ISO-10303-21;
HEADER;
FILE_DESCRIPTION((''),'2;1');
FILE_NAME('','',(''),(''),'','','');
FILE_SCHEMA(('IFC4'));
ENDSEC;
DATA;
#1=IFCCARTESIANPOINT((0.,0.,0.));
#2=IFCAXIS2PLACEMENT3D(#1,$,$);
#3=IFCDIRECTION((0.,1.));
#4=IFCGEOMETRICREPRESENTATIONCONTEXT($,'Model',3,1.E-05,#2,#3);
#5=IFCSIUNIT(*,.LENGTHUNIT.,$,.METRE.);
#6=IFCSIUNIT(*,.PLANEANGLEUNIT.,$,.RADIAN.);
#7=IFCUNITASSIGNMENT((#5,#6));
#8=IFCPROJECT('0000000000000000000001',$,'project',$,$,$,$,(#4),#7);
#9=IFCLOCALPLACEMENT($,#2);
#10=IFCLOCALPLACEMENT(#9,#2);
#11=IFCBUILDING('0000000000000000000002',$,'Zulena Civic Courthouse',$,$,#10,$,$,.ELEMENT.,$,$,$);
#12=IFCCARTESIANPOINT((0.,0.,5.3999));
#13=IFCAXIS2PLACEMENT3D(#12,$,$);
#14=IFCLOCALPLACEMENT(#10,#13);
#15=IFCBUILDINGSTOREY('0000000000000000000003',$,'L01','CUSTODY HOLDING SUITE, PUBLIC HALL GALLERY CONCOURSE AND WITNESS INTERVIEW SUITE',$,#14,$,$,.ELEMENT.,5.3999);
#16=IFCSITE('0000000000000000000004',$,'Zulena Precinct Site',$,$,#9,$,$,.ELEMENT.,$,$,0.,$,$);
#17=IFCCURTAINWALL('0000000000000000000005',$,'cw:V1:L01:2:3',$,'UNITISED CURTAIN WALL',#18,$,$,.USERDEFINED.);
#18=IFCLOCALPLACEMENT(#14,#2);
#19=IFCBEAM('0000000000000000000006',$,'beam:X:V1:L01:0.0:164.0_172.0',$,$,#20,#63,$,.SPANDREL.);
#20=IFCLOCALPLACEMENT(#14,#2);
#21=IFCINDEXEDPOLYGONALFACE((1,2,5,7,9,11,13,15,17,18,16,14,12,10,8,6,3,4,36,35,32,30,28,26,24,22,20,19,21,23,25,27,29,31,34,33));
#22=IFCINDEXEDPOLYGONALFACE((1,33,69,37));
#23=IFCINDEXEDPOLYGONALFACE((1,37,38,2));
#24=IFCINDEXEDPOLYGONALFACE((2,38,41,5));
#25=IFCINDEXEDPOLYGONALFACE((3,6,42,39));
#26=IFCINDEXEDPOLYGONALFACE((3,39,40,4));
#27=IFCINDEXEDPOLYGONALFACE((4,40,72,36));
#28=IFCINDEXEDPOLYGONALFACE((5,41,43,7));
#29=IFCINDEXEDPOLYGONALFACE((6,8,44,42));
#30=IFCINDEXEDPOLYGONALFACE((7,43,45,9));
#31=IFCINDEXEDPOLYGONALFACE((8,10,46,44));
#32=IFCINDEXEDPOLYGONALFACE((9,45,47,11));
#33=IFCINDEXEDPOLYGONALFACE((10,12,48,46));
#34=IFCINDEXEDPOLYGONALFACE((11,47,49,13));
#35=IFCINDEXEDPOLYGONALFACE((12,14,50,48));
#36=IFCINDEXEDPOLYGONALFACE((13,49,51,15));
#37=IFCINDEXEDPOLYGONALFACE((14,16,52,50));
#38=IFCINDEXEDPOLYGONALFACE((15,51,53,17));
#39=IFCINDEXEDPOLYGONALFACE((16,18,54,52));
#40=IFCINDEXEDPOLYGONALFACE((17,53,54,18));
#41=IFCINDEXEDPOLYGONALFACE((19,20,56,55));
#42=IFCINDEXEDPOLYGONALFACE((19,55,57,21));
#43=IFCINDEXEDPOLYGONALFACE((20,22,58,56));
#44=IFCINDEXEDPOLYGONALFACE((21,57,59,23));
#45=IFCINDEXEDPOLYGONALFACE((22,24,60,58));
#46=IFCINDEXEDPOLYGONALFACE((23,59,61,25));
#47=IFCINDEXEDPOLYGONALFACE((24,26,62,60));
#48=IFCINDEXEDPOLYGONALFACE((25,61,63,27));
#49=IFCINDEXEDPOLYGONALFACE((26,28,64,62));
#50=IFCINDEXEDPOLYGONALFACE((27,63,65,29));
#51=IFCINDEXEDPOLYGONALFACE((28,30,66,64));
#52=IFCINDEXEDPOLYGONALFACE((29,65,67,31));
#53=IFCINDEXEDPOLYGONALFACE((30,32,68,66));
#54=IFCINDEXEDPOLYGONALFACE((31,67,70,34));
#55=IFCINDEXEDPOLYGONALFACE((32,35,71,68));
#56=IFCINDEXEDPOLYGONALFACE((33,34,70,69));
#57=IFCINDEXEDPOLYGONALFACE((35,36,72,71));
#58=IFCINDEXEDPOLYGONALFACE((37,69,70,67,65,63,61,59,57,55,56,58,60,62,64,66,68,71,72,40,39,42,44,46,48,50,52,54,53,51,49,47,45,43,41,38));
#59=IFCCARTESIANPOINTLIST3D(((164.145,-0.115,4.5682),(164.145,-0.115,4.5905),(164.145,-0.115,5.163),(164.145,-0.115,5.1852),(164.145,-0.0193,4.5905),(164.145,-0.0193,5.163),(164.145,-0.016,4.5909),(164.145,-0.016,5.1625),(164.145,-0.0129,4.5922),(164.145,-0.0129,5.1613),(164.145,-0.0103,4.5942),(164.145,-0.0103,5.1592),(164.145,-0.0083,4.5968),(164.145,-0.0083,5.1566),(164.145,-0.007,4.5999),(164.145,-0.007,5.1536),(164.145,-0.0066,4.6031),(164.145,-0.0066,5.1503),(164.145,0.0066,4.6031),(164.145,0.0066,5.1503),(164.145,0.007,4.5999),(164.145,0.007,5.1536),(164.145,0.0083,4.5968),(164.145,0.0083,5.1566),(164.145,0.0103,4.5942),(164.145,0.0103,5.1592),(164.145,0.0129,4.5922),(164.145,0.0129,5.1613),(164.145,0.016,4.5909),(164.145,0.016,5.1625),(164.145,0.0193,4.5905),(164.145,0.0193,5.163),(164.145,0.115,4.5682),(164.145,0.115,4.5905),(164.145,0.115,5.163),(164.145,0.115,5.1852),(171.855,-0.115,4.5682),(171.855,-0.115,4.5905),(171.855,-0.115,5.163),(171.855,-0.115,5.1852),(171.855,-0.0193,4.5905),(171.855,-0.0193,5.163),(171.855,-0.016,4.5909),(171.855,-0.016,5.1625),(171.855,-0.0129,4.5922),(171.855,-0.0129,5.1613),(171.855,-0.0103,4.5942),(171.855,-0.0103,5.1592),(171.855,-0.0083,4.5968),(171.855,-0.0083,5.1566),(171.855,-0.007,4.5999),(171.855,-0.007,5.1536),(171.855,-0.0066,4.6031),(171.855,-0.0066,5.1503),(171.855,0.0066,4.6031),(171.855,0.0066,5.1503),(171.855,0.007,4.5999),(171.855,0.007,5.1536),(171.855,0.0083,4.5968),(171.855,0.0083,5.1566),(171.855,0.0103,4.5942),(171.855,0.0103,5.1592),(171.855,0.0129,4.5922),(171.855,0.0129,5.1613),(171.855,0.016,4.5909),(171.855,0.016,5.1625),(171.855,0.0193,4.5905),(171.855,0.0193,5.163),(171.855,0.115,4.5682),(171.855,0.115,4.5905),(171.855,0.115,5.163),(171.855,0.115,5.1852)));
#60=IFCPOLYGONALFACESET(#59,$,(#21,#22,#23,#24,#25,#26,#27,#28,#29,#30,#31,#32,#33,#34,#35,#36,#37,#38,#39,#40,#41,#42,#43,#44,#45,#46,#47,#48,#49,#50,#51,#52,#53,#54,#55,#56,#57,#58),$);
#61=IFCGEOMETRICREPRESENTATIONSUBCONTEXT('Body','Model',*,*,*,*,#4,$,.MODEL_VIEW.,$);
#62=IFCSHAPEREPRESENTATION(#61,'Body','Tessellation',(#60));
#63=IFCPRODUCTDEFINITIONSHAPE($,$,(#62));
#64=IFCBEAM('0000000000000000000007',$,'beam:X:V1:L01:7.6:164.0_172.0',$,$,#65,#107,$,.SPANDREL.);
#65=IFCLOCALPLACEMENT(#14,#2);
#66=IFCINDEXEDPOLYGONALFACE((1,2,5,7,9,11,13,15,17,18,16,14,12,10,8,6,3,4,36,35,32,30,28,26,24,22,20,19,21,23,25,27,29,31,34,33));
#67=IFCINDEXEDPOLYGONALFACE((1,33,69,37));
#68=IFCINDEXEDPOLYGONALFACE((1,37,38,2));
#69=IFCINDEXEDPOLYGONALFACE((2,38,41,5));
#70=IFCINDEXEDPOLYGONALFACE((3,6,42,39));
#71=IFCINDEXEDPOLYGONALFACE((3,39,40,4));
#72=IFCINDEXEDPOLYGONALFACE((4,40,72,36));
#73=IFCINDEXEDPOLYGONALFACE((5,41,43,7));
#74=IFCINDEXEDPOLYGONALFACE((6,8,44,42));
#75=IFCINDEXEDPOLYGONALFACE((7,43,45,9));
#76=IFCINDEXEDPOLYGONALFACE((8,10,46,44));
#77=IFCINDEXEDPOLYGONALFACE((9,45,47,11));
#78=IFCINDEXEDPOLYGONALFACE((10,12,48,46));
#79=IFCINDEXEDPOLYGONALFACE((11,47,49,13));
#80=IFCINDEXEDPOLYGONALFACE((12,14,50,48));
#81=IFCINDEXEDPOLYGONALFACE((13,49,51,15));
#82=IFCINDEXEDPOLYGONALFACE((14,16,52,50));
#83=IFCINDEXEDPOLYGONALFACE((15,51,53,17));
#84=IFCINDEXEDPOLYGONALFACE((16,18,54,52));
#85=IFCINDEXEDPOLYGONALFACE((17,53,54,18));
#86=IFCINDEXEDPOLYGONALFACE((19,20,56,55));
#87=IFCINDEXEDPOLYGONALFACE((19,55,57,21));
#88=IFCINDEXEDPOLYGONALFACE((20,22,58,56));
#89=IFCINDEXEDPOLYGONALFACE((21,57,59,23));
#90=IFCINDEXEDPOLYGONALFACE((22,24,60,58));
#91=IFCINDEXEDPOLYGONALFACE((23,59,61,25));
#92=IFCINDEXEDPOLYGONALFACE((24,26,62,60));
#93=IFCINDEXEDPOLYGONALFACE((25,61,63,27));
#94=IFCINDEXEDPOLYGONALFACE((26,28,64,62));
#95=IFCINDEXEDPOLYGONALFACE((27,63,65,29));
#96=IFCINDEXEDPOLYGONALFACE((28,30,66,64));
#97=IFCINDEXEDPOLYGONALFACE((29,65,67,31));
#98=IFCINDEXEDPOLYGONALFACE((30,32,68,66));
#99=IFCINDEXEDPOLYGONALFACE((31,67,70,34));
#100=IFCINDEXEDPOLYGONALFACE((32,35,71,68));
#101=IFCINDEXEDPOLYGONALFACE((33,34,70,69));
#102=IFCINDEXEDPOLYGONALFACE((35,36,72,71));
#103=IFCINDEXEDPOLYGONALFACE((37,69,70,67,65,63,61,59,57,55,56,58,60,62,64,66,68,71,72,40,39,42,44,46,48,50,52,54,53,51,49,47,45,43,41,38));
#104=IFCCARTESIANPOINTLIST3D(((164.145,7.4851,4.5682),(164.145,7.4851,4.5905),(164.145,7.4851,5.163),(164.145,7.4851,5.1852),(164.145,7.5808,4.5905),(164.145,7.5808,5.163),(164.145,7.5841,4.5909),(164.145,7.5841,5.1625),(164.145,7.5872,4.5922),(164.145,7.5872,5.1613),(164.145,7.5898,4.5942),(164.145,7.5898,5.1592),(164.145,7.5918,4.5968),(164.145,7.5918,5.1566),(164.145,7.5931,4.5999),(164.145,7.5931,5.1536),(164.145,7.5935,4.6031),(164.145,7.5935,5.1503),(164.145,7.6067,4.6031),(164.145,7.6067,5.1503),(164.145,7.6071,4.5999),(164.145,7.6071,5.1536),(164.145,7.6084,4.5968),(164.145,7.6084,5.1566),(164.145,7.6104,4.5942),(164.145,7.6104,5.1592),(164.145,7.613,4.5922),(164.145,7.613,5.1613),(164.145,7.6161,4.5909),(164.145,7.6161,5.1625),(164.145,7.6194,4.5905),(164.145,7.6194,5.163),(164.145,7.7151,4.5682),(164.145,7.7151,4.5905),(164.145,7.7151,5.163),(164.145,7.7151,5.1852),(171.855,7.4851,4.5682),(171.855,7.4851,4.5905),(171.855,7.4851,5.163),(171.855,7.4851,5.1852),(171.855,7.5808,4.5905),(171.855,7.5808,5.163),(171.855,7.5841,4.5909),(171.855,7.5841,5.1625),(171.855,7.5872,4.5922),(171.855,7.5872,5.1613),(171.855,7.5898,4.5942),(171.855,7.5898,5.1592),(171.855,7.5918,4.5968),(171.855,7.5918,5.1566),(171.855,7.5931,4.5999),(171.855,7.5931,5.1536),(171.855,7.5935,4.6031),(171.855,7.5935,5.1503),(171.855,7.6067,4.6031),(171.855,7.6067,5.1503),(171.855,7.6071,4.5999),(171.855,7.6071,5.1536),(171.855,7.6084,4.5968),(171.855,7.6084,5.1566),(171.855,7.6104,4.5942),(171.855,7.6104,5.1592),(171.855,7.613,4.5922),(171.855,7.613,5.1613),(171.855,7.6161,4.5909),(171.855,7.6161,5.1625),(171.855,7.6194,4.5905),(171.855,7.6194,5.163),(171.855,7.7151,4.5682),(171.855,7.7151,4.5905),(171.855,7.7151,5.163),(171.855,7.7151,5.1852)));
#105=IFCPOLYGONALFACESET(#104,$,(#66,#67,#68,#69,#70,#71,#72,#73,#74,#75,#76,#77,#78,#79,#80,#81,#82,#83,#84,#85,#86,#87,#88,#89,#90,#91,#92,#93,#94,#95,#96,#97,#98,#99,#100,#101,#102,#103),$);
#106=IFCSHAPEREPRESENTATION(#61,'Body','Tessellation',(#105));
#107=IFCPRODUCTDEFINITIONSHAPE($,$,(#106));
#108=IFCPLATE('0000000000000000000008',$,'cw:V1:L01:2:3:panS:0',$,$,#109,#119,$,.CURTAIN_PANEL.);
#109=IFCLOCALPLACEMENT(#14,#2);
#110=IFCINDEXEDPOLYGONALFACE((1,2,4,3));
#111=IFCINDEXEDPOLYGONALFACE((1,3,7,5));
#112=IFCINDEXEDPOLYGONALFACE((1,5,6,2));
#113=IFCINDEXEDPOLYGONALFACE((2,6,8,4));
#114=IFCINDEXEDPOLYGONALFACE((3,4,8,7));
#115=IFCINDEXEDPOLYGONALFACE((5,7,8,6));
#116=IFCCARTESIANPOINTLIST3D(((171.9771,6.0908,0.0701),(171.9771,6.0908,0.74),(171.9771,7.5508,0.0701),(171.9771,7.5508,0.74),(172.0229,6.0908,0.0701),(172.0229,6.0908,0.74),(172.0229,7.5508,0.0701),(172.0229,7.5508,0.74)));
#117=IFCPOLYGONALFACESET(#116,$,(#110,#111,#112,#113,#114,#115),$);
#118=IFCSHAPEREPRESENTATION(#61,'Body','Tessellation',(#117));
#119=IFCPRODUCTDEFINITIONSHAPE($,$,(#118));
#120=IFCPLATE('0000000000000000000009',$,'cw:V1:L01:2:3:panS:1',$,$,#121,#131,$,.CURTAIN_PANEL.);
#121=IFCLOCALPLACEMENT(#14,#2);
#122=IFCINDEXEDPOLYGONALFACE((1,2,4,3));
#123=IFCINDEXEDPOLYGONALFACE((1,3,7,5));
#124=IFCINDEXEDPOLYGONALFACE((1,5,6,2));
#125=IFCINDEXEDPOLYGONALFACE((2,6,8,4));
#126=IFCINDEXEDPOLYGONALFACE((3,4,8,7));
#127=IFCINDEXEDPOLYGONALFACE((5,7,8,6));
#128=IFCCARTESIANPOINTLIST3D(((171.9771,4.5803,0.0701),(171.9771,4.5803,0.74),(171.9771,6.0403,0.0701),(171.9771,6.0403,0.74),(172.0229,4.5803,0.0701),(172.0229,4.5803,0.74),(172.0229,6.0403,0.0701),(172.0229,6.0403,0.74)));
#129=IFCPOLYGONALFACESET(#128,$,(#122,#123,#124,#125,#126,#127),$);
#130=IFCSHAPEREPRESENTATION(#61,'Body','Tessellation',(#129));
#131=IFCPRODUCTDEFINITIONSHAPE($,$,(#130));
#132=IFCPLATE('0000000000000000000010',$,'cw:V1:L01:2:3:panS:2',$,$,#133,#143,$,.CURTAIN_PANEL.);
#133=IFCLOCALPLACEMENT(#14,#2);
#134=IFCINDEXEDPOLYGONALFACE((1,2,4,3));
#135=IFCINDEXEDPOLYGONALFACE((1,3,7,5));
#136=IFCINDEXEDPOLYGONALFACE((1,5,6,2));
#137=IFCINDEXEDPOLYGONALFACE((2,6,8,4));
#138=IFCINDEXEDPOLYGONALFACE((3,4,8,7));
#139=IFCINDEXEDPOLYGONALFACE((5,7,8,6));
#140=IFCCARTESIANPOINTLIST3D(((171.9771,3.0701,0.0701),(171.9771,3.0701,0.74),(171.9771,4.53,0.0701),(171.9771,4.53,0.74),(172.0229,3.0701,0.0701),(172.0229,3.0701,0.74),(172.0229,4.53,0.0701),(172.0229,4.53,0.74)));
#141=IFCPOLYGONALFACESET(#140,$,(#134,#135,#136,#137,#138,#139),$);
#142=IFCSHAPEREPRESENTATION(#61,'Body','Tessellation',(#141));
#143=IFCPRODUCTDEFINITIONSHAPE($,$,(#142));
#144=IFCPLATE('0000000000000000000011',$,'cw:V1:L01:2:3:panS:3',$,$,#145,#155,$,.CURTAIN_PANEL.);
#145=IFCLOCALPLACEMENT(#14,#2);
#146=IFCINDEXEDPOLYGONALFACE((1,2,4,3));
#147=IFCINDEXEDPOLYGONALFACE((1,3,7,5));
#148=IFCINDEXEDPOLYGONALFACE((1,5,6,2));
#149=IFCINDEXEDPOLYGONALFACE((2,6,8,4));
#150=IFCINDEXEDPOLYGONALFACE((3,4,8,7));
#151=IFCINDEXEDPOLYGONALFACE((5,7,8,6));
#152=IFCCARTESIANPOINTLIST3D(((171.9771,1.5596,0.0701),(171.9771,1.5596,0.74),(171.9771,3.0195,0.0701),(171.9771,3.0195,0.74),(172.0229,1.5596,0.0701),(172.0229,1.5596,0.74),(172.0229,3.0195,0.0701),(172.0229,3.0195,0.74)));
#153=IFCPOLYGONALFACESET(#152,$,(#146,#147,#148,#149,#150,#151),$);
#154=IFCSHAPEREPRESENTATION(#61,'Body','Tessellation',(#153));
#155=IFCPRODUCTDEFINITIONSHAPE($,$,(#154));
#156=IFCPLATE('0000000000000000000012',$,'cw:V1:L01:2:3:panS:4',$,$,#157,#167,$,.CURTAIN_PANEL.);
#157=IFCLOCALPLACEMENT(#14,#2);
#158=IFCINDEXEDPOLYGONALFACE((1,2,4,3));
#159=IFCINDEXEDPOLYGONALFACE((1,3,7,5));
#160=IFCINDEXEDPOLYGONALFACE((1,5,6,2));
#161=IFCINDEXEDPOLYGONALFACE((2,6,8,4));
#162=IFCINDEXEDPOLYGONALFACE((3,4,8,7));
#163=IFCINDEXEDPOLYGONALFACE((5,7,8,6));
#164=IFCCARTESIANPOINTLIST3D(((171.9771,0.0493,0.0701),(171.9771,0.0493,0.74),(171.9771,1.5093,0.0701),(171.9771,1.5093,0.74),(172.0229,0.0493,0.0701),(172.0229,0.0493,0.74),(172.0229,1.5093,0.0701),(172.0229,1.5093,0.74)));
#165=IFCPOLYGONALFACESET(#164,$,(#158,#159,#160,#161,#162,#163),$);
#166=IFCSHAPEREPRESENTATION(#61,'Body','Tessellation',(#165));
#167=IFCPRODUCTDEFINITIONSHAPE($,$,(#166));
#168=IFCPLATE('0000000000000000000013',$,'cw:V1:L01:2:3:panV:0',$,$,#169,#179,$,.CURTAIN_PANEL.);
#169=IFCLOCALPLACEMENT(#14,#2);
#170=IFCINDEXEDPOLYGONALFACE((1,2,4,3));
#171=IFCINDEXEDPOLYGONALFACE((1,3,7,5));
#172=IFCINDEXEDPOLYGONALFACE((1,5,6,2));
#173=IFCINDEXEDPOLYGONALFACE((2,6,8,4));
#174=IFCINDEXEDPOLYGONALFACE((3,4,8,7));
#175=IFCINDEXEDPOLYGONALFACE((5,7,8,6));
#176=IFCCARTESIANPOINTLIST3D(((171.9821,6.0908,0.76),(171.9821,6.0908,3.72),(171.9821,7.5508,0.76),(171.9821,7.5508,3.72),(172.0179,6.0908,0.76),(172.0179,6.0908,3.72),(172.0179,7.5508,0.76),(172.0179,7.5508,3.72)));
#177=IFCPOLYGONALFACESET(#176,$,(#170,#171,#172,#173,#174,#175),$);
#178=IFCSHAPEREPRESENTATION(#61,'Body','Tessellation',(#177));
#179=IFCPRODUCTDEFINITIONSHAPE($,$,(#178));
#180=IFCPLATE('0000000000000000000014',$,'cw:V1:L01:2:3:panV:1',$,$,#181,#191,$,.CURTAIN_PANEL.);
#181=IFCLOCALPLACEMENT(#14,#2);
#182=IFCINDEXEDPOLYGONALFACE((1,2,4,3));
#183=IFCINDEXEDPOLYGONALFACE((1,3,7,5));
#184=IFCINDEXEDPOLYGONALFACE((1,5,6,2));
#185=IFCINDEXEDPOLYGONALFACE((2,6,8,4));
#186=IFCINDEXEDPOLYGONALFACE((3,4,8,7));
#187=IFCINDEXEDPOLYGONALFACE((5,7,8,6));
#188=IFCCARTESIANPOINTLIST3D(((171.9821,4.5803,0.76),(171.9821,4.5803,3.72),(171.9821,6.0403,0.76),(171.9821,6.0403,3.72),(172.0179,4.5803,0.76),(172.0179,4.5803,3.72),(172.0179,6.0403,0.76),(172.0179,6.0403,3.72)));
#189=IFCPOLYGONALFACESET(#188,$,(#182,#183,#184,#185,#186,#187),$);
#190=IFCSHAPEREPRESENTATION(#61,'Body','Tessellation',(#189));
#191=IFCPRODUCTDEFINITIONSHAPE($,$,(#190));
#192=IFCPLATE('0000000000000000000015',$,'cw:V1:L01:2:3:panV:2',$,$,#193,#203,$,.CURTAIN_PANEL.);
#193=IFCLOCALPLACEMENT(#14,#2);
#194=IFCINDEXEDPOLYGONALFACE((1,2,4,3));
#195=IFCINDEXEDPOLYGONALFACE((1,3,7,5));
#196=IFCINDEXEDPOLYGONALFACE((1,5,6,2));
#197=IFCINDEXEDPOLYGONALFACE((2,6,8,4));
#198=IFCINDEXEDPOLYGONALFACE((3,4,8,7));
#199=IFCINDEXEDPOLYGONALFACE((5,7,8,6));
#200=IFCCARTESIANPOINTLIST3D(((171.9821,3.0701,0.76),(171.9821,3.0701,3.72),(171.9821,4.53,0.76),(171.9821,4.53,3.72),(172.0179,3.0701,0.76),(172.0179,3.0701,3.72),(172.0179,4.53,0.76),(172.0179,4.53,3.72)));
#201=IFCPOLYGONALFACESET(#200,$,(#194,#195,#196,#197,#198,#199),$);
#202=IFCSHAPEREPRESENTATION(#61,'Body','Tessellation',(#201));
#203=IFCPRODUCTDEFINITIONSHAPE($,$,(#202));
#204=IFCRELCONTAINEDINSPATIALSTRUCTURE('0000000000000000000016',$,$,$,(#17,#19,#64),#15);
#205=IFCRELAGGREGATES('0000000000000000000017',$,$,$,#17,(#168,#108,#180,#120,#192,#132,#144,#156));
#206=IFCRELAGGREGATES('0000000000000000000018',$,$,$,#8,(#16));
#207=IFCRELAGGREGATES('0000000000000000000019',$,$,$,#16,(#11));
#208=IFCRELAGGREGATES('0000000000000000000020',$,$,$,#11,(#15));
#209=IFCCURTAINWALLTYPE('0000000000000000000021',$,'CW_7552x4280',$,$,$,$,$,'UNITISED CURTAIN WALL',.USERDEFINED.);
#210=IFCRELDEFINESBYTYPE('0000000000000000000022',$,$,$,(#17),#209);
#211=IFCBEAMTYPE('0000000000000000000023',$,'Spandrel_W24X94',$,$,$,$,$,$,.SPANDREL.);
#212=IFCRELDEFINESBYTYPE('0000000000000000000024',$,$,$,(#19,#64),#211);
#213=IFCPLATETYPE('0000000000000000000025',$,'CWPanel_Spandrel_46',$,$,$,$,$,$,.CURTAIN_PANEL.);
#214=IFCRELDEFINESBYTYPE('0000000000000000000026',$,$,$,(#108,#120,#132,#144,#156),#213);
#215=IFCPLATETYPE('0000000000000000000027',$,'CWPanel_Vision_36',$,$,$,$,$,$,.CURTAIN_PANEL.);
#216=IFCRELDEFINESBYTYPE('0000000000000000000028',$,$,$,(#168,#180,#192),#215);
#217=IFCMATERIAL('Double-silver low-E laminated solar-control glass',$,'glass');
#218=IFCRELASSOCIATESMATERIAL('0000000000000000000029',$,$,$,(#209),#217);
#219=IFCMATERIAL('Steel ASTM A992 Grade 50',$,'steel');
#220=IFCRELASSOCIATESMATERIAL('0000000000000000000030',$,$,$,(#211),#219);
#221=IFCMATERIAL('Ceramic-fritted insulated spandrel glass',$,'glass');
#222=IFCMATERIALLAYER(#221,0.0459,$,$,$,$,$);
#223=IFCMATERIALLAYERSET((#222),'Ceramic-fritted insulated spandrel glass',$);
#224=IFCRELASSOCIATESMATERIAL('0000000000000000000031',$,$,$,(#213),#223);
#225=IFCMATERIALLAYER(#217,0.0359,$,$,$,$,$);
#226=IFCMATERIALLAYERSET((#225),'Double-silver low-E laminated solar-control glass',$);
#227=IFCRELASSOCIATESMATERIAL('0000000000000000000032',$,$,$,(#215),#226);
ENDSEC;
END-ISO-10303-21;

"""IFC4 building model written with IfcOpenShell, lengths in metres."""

from ifc_helpers import new_model, si_unit, direction, frame, origin, origin_2d, place, context, subcontext, project, spatial, rectangle, i_section, extrude, material, layer, layer_set, material_profile, profile_set, type_object, element, aggregate, save


model = new_model("IFC4")

# Units and contexts
model_context = context("Model", 3, precision=1e-05, world=origin(), true_north=direction((0.0, 1.0)))
body_context = subcontext(model_context, "Body", "Model", "MODEL_VIEW")
ifc_project = project(units=[si_unit("LENGTHUNIT", "METRE"), si_unit("PLANEANGLEUNIT", "RADIAN")], contexts=[model_context])

# Site, building, storey
site_placement = place(None, origin())
site = spatial("IfcSite", under=ifc_project, at=site_placement, Name="Zulena Precinct Site", CompositionType="ELEMENT", RefElevation=0.0)
building_placement = place(site_placement, origin())
building = spatial("IfcBuilding", under=site, at=building_placement, Name="Zulena Civic Courthouse", CompositionType="ELEMENT")
storey_placement = place(building_placement, frame((0.0, 0.0, 5.3999)))
storey = spatial("IfcBuildingStorey", under=building, at=storey_placement, Name="L01", Description="CUSTODY HOLDING SUITE, PUBLIC HALL GALLERY CONCOURSE AND WITNESS INTERVIEW SUITE", CompositionType="ELEMENT", Elevation=5.3999)

# Shared definitions
ifc_material_1 = material(Name="Steel ASTM A992 Grade 50", Category="steel")

# Curtain wall
ifc_material_2 = material(Name="Double-silver low-E laminated solar-control glass", Category="glass")
curtain_wall_type = type_object("IfcCurtainWallType", Name="CW_7552x4280", ElementType="UNITISED CURTAIN WALL", PredefinedType="USERDEFINED", material=ifc_material_2)
curtain_wall_placement = place(storey_placement, origin())
curtain_wall = element("IfcCurtainWall", 1, at=curtain_wall_placement, inside=storey, type_object=curtain_wall_type, Name="cw:V1:L01:2:3", ObjectType="UNITISED CURTAIN WALL", PredefinedType="USERDEFINED")

# Beams
ifc_material_profile_1 = material_profile(ifc_material_1, i_section(OverallWidth=0.23, OverallDepth=0.6169, WebThickness=0.0132, FlangeThickness=0.0222, FilletRadius=0.0127, at=origin_2d()), Name="W24X94")
ifc_profile_set_1 = profile_set([ifc_material_profile_1], Name="Steel ASTM A992 Grade 50")
beam_type_1 = type_object("IfcBeamType", Name="Spandrel_W24X94", PredefinedType="SPANDREL", material=ifc_profile_set_1)
for number, where, z_axis, x_axis, name in (
    (2, (164.145, 0.0, 4.8767), (1.0, 0.0, 0.0), (0.0, 1.0, 0.0), "beam:X:V1:L01:0.0:164.0_172.0"),
    (3, (164.145, 7.6001, 4.8767), (1.0, 0.0, 0.0), (0.0, 1.0, 0.0), "beam:X:V1:L01:7.6:164.0_172.0"),
):
    element("IfcBeam", number, at=place(storey_placement, frame(where, z_axis=z_axis, x_axis=x_axis)), inside=storey, type_object=beam_type_1, Name=name, PredefinedType="SPANDREL", context=body_context, shape_type="SweptSolid", body=[
        extrude(i_section(OverallWidth=0.23, OverallDepth=0.6169, WebThickness=0.0132, FlangeThickness=0.0222, FilletRadius=0.0127, at=origin_2d()), origin(), (0.0, 0.0, 1.0), 7.71),
    ])

# Plates
ifc_material_3 = material(Name="Ceramic-fritted insulated spandrel glass", Category="glass")
ifc_layer_1 = layer(ifc_material_3, 0.0459)
ifc_layer_set_1 = layer_set([ifc_layer_1], Name="Ceramic-fritted insulated spandrel glass")
plate_type_1 = type_object("IfcPlateType", Name="CWPanel_Spandrel_46", PredefinedType="CURTAIN_PANEL", material=ifc_layer_set_1)
plate_1_placement = place(storey_placement, frame((172.0, 6.8208, 0.0701), z_axis=(0.0, 0.0, 1.0), x_axis=(0.0, -1.0, 0.0)))
plate_1 = element("IfcPlate", 4, at=plate_1_placement, type_object=plate_type_1, Name="cw:V1:L01:2:3:panS:0", PredefinedType="CURTAIN_PANEL", context=body_context, shape_type="SweptSolid", body=[
    extrude(rectangle(XDim=1.46, YDim=0.0459, at=origin_2d()), origin(), (0.0, 0.0, 1.0), 0.6699),
])
plate_2_placement = place(storey_placement, frame((172.0, 5.3103, 0.0701), z_axis=(0.0, 0.0, 1.0), x_axis=(0.0, -1.0, 0.0)))
plate_2 = element("IfcPlate", 5, at=plate_2_placement, type_object=plate_type_1, Name="cw:V1:L01:2:3:panS:1", PredefinedType="CURTAIN_PANEL", context=body_context, shape_type="SweptSolid", body=[
    extrude(rectangle(XDim=1.46, YDim=0.0459, at=origin_2d()), origin(), (0.0, 0.0, 1.0), 0.6699),
])
plate_3_placement = place(storey_placement, frame((172.0, 3.8, 0.0701), z_axis=(0.0, 0.0, 1.0), x_axis=(0.0, -1.0, 0.0)))
plate_3 = element("IfcPlate", 6, at=plate_3_placement, type_object=plate_type_1, Name="cw:V1:L01:2:3:panS:2", PredefinedType="CURTAIN_PANEL", context=body_context, shape_type="SweptSolid", body=[
    extrude(rectangle(XDim=1.46, YDim=0.0459, at=origin_2d()), origin(), (0.0, 0.0, 1.0), 0.6699),
])
plate_4_placement = place(storey_placement, frame((172.0, 2.2896, 0.0701), z_axis=(0.0, 0.0, 1.0), x_axis=(0.0, -1.0, 0.0)))
plate_4 = element("IfcPlate", 7, at=plate_4_placement, type_object=plate_type_1, Name="cw:V1:L01:2:3:panS:3", PredefinedType="CURTAIN_PANEL", context=body_context, shape_type="SweptSolid", body=[
    extrude(rectangle(XDim=1.46, YDim=0.0459, at=origin_2d()), origin(), (0.0, 0.0, 1.0), 0.6699),
])
plate_5_placement = place(storey_placement, frame((172.0, 0.7793, 0.0701), z_axis=(0.0, 0.0, 1.0), x_axis=(0.0, -1.0, 0.0)))
plate_5 = element("IfcPlate", 8, at=plate_5_placement, type_object=plate_type_1, Name="cw:V1:L01:2:3:panS:4", PredefinedType="CURTAIN_PANEL", context=body_context, shape_type="SweptSolid", body=[
    extrude(rectangle(XDim=1.46, YDim=0.0459, at=origin_2d()), origin(), (0.0, 0.0, 1.0), 0.6699),
])
ifc_layer_2 = layer(ifc_material_2, 0.0359)
ifc_layer_set_2 = layer_set([ifc_layer_2], Name="Double-silver low-E laminated solar-control glass")
plate_type_2 = type_object("IfcPlateType", Name="CWPanel_Vision_36", PredefinedType="CURTAIN_PANEL", material=ifc_layer_set_2)
plate_6_placement = place(storey_placement, frame((172.0, 6.8208, 0.76), z_axis=(0.0, 0.0, 1.0), x_axis=(0.0, -1.0, 0.0)))
plate_6 = element("IfcPlate", 9, at=plate_6_placement, type_object=plate_type_2, Name="cw:V1:L01:2:3:panV:0", PredefinedType="CURTAIN_PANEL", context=body_context, shape_type="SweptSolid", body=[
    extrude(rectangle(XDim=1.46, YDim=0.0359, at=origin_2d()), origin(), (0.0, 0.0, 1.0), 2.96),
])
plate_7_placement = place(storey_placement, frame((172.0, 5.3103, 0.76), z_axis=(0.0, 0.0, 1.0), x_axis=(0.0, -1.0, 0.0)))
plate_7 = element("IfcPlate", 10, at=plate_7_placement, type_object=plate_type_2, Name="cw:V1:L01:2:3:panV:1", PredefinedType="CURTAIN_PANEL", context=body_context, shape_type="SweptSolid", body=[
    extrude(rectangle(XDim=1.46, YDim=0.0359, at=origin_2d()), origin(), (0.0, 0.0, 1.0), 2.96),
])
plate_8_placement = place(storey_placement, frame((172.0, 3.8, 0.76), z_axis=(0.0, 0.0, 1.0), x_axis=(0.0, -1.0, 0.0)))
plate_8 = element("IfcPlate", 11, at=plate_8_placement, type_object=plate_type_2, Name="cw:V1:L01:2:3:panV:2", PredefinedType="CURTAIN_PANEL", context=body_context, shape_type="SweptSolid", body=[
    extrude(rectangle(XDim=1.46, YDim=0.0359, at=origin_2d()), origin(), (0.0, 0.0, 1.0), 2.96),
])
aggregate(curtain_wall, [plate_6, plate_1, plate_7, plate_2, plate_8, plate_3, plate_4, plate_5])

save(model, "model.ifc")
